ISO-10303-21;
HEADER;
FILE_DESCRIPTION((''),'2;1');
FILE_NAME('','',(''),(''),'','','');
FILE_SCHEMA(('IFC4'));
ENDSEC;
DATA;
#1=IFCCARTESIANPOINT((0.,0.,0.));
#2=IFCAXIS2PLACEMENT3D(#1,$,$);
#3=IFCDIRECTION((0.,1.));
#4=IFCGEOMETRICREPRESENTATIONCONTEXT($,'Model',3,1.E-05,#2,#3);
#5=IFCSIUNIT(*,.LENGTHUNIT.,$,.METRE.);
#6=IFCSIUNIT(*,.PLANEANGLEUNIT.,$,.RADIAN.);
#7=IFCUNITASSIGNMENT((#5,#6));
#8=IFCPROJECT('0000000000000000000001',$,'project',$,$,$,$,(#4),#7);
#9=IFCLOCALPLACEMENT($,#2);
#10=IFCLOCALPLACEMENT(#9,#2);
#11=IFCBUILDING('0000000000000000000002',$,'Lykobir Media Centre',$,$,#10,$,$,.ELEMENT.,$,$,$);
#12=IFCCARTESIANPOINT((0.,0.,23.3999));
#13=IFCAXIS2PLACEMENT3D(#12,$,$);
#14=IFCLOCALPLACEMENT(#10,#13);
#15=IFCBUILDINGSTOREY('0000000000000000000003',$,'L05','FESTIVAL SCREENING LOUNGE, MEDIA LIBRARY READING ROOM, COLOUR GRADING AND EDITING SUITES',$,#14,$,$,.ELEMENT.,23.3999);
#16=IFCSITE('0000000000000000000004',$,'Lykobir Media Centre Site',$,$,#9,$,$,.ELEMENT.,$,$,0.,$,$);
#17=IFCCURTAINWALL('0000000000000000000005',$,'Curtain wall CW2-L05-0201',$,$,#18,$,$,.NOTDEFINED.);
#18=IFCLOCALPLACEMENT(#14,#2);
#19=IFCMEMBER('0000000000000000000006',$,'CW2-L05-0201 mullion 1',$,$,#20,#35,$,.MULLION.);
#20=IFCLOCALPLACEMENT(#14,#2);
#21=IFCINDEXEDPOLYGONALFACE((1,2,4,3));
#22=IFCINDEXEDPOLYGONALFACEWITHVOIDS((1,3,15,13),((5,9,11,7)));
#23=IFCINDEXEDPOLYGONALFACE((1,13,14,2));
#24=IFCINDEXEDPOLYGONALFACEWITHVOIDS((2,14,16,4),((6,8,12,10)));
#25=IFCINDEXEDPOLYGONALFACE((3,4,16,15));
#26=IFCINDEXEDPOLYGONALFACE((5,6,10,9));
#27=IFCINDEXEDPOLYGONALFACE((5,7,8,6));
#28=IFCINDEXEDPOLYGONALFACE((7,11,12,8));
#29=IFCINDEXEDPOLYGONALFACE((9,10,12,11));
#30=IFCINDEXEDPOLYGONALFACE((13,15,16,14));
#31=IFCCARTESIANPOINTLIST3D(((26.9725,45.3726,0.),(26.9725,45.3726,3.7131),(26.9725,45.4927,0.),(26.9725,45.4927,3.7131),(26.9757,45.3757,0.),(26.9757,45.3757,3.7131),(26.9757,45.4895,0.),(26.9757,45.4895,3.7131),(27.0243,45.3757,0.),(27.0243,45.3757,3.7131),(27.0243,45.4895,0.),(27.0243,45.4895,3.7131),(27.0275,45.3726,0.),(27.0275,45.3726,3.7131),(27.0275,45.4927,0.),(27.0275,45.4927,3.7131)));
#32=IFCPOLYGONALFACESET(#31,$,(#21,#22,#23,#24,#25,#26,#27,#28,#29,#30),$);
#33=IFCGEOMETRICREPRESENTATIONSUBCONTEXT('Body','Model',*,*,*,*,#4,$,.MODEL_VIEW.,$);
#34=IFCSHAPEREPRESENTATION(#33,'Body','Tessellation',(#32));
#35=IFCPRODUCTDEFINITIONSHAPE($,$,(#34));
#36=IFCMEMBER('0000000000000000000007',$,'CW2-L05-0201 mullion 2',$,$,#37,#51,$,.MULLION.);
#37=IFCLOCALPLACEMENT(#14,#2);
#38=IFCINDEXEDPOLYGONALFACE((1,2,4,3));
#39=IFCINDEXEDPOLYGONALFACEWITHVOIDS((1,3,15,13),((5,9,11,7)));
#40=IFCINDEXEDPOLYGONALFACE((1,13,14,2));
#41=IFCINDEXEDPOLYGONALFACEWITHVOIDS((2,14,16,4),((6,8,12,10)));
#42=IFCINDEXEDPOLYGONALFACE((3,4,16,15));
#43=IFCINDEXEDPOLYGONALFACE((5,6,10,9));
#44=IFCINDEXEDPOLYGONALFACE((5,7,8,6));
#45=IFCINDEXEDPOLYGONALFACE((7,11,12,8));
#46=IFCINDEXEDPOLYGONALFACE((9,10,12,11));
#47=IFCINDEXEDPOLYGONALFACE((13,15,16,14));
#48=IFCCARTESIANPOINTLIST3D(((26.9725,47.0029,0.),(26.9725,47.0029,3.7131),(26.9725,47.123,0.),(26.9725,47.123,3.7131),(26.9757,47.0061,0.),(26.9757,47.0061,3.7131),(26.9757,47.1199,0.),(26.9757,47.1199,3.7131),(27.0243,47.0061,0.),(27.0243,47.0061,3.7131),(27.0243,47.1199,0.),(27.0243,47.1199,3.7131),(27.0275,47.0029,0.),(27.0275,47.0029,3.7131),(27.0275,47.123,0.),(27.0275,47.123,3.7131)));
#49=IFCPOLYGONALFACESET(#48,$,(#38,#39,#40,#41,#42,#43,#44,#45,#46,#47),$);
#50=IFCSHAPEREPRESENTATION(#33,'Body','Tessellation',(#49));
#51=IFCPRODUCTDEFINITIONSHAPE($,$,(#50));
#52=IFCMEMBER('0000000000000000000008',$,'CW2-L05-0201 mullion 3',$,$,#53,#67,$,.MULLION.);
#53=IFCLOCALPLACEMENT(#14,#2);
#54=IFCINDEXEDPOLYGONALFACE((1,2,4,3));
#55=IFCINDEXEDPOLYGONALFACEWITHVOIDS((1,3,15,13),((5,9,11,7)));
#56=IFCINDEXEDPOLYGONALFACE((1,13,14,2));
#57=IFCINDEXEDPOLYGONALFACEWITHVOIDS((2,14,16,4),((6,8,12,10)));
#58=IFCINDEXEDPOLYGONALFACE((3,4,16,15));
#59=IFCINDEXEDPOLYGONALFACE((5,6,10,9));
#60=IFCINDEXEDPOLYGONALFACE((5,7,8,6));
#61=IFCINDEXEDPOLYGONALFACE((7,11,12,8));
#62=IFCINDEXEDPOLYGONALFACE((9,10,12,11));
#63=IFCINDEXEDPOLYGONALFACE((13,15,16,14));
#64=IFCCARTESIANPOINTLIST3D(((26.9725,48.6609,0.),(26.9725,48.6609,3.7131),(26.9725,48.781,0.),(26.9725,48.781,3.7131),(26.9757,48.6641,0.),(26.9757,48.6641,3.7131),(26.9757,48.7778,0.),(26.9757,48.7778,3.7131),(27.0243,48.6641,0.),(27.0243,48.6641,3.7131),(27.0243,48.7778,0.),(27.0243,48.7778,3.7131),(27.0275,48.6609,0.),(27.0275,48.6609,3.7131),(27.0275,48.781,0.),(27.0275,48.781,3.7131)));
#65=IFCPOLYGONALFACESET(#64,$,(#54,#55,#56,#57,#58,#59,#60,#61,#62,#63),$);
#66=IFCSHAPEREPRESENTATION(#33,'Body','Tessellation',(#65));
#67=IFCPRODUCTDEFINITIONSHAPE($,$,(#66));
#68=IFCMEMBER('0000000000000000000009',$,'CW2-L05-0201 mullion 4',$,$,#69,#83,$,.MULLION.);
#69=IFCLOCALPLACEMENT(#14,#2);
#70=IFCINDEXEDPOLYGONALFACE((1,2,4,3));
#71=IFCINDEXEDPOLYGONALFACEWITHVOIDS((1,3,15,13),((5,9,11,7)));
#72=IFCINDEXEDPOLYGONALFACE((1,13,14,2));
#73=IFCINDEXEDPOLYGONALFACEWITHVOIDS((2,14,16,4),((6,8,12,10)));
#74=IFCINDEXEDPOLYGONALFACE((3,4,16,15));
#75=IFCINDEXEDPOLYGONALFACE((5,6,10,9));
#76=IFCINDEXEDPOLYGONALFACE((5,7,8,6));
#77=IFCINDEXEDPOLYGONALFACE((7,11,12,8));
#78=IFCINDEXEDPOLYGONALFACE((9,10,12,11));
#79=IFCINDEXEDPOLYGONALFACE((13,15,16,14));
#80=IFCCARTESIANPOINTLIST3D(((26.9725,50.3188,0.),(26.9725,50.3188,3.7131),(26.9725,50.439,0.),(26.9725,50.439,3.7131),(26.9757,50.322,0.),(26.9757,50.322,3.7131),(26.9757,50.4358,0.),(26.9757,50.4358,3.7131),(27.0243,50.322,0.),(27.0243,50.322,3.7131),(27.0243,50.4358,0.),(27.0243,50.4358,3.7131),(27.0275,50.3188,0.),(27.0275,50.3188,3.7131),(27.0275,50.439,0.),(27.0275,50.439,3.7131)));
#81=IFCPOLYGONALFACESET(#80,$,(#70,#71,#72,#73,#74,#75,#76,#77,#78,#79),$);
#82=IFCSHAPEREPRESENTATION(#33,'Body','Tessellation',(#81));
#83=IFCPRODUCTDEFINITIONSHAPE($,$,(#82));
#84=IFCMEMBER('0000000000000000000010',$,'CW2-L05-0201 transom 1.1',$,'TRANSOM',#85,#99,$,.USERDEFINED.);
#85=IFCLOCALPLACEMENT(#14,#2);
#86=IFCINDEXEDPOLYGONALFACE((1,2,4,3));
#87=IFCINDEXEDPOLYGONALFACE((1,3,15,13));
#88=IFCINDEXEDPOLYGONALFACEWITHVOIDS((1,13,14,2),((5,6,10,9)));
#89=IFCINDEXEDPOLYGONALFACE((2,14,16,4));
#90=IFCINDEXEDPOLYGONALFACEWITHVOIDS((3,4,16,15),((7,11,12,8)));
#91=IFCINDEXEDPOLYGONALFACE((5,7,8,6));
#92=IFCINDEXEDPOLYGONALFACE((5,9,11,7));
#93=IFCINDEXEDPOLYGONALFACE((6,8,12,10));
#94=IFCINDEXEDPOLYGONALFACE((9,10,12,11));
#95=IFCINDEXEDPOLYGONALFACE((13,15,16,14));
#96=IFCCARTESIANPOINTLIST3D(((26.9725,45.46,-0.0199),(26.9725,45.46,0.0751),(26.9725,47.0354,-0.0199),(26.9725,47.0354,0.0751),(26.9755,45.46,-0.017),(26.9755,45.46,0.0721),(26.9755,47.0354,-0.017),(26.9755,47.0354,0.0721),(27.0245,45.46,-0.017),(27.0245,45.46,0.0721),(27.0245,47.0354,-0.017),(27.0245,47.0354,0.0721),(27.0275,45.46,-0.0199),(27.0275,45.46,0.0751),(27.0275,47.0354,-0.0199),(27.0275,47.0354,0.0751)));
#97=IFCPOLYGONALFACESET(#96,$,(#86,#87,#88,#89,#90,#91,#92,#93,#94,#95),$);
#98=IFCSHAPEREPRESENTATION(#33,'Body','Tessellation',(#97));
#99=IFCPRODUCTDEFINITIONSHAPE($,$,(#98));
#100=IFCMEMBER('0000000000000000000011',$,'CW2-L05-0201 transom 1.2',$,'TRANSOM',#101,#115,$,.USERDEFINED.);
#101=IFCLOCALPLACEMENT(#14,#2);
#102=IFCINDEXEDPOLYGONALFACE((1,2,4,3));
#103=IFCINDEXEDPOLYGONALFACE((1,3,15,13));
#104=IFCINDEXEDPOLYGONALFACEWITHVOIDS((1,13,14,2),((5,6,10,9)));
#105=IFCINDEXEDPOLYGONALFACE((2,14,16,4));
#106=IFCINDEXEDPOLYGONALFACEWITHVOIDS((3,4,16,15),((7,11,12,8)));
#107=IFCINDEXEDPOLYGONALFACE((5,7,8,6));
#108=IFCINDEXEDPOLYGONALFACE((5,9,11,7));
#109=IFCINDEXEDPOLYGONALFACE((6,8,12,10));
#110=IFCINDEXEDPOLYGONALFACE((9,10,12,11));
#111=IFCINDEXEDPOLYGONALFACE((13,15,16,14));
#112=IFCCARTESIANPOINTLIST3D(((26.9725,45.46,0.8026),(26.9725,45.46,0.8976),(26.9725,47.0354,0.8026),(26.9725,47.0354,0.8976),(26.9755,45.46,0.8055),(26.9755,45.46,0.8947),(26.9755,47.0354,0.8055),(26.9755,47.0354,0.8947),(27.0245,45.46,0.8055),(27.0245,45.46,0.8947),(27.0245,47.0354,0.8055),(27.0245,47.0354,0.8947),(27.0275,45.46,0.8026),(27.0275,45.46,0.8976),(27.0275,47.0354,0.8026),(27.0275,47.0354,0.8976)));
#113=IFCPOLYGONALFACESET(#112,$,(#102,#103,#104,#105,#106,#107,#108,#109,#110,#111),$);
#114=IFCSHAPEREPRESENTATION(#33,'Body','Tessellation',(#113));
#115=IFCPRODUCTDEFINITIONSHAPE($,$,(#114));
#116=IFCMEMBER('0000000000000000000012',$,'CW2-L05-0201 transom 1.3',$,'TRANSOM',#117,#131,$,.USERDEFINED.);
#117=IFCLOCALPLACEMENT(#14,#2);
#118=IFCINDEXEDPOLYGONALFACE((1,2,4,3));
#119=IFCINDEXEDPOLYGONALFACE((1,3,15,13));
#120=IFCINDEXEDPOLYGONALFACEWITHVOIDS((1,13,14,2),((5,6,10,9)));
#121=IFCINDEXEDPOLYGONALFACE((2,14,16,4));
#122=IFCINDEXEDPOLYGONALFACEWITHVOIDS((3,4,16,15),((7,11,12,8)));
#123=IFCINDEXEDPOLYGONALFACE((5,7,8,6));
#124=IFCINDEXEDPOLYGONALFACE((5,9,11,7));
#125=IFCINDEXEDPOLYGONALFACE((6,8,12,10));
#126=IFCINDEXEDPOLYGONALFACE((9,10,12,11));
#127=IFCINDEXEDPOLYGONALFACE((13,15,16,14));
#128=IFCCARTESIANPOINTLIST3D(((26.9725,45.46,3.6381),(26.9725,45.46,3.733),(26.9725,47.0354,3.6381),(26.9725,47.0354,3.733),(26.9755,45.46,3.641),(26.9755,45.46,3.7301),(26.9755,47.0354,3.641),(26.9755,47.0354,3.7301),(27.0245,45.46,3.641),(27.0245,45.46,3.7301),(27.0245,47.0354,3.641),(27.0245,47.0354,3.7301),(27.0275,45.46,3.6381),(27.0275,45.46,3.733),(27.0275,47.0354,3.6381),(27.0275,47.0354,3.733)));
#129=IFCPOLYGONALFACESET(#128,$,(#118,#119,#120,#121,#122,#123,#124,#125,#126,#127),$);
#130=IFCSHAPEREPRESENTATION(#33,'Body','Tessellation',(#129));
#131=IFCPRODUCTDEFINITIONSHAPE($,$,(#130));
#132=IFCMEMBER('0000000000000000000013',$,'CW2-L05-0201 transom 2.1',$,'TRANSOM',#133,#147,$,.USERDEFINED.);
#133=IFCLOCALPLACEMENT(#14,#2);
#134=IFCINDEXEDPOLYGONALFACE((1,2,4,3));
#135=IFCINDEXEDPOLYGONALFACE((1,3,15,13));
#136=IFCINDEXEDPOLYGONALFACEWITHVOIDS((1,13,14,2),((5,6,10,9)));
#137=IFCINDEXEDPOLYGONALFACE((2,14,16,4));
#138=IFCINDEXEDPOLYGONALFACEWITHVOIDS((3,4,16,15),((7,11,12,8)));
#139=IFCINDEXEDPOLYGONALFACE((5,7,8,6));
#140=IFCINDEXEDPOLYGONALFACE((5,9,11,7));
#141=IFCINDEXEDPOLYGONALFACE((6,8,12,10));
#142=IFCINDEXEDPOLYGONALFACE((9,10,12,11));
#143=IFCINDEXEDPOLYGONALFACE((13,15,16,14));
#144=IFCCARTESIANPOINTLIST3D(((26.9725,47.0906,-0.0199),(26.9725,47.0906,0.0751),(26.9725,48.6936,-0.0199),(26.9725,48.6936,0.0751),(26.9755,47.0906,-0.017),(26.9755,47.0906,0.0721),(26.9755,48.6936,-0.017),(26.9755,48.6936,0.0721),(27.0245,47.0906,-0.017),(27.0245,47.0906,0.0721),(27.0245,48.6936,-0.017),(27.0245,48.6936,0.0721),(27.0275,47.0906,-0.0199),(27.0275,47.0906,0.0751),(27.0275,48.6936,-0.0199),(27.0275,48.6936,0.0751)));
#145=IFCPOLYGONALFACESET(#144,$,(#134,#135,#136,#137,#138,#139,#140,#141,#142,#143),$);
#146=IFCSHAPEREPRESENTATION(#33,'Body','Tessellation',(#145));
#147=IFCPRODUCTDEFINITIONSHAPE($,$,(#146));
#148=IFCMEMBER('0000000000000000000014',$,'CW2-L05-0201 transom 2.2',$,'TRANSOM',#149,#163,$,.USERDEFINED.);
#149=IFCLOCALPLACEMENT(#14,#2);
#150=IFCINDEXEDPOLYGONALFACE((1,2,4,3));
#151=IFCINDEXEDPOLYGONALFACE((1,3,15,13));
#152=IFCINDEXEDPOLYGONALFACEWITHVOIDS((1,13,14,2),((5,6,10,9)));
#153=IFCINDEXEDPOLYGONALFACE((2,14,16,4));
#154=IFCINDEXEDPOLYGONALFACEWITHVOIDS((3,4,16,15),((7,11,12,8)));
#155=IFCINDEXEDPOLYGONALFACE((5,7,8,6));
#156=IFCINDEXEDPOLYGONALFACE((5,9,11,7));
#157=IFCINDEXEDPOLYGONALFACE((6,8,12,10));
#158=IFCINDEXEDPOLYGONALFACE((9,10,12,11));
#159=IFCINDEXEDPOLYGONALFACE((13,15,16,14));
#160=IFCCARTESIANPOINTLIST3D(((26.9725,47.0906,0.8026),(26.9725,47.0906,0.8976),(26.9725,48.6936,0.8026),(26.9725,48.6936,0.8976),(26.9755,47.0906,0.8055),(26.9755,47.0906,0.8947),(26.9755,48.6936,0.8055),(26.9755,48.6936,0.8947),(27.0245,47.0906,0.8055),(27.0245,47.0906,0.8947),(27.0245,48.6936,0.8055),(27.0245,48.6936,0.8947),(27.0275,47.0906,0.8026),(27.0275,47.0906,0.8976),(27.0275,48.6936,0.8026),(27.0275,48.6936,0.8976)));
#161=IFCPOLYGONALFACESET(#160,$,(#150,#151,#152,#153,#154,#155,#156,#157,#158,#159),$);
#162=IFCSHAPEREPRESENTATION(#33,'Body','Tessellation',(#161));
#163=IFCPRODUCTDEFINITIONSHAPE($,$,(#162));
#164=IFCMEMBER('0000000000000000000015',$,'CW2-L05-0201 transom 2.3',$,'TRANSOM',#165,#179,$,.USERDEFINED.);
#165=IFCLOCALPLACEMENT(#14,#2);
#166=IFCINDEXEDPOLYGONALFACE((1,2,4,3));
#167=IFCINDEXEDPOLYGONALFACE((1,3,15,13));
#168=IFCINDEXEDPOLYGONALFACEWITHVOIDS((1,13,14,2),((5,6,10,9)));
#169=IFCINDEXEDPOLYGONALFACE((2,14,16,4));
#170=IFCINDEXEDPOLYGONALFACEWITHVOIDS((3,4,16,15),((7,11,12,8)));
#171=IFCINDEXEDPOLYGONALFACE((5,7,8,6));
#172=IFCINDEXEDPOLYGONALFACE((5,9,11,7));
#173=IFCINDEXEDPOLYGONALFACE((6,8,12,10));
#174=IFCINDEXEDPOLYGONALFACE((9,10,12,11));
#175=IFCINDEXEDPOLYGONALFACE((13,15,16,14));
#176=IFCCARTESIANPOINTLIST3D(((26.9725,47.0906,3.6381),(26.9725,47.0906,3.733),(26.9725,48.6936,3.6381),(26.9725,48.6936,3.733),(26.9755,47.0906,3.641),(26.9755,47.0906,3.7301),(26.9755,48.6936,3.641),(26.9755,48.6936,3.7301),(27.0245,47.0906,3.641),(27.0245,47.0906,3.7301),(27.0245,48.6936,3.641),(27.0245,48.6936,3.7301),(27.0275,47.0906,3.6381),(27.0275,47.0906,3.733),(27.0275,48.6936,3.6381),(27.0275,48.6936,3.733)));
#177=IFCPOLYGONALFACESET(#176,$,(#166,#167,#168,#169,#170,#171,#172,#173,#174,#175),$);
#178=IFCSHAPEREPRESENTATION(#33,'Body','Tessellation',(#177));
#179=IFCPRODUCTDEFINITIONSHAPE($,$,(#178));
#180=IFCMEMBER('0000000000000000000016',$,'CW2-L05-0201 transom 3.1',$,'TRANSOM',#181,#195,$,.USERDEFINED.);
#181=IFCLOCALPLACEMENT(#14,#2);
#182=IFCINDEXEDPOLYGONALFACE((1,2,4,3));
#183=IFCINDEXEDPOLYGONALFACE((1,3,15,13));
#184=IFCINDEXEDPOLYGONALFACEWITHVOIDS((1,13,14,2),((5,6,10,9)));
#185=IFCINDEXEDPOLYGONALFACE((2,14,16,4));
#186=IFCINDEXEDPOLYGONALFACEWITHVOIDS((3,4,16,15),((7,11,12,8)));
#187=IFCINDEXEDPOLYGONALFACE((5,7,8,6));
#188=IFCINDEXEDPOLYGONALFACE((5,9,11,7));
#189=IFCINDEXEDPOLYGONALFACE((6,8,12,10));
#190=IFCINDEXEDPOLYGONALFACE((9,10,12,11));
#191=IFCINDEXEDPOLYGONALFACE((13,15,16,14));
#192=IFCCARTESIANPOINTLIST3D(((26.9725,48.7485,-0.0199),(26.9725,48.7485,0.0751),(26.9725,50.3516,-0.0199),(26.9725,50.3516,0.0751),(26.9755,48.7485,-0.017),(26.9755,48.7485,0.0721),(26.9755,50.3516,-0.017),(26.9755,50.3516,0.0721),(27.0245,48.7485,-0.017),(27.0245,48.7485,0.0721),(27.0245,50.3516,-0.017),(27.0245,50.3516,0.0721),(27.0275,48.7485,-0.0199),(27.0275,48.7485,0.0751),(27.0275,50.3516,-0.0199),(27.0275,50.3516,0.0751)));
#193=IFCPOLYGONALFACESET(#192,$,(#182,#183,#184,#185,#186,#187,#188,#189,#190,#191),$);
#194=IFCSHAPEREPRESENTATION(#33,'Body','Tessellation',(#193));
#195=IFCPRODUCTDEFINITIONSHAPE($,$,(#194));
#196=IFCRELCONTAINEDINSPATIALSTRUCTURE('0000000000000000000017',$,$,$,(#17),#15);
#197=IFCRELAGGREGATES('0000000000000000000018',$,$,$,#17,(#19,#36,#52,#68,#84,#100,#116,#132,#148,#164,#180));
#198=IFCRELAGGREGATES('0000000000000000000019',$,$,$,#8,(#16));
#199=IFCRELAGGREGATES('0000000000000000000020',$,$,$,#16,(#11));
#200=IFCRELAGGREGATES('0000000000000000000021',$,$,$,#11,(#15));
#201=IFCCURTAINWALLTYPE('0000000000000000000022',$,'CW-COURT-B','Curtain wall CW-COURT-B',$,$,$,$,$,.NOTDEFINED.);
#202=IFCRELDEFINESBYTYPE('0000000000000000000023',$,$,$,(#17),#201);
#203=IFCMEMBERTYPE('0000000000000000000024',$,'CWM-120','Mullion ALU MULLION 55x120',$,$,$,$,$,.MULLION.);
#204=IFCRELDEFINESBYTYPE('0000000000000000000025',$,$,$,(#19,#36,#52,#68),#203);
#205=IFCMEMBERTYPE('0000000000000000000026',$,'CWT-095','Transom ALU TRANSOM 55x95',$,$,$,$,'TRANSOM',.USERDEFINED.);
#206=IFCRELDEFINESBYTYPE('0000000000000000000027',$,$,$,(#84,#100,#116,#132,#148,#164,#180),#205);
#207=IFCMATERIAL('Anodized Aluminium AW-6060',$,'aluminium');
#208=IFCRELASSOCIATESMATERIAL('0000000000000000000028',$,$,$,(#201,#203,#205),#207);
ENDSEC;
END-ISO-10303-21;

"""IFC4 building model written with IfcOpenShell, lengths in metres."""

from ifc_helpers import new_model, si_unit, direction, frame, origin, origin_2d, place, context, subcontext, project, spatial, hollow_rectangle, extrude, material, material_profile, profile_set, type_object, element, aggregate, save


model = new_model("IFC4")

# Units and contexts
model_context = context("Model", 3, precision=1e-05, world=origin(), true_north=direction((0.0, 1.0)))
body_context = subcontext(model_context, "Body", "Model", "MODEL_VIEW")
ifc_project = project(units=[si_unit("LENGTHUNIT", "METRE"), si_unit("PLANEANGLEUNIT", "RADIAN")], contexts=[model_context])

# Site, building, storey
site_placement = place(None, origin())
site = spatial("IfcSite", under=ifc_project, at=site_placement, Name="Lykobir Media Centre Site", CompositionType="ELEMENT", RefElevation=0.0)
building_placement = place(site_placement, origin())
building = spatial("IfcBuilding", under=site, at=building_placement, Name="Lykobir Media Centre", CompositionType="ELEMENT")
storey_placement = place(building_placement, frame((0.0, 0.0, 23.3999)))
storey = spatial("IfcBuildingStorey", under=building, at=storey_placement, Name="L05", Description="FESTIVAL SCREENING LOUNGE, MEDIA LIBRARY READING ROOM, COLOUR GRADING AND EDITING SUITES", CompositionType="ELEMENT", Elevation=23.3999)

# Curtain wall, members
ifc_material_1 = material(Name="Anodized Aluminium AW-6060", Category="aluminium")
curtain_wall_type = type_object("IfcCurtainWallType", Name="CW-COURT-B", Description="Curtain wall CW-COURT-B", PredefinedType="NOTDEFINED", material=ifc_material_1)
curtain_wall_placement = place(storey_placement, origin())
curtain_wall = element("IfcCurtainWall", 1, at=curtain_wall_placement, inside=storey, type_object=curtain_wall_type, Name="Curtain wall CW2-L05-0201", PredefinedType="NOTDEFINED")
ifc_material_profile_1 = material_profile(ifc_material_1, hollow_rectangle(XDim=0.0549, YDim=0.1201, WallThickness=0.0032, at=origin_2d()), Name="ALU MULLION 55x120")
ifc_profile_set_1 = profile_set([ifc_material_profile_1], Name="Anodized Aluminium AW-6060")
member_type_1 = type_object("IfcMemberType", Name="CWM-120", Description="Mullion ALU MULLION 55x120", PredefinedType="MULLION", material=ifc_profile_set_1)
member_1_placement = place(storey_placement, frame((27.0, 45.4326, 0.0), z_axis=(0.0, 0.0, 1.0), x_axis=(-1.0, 0.0, 0.0)))
member_1 = element("IfcMember", 2, at=member_1_placement, type_object=member_type_1, Name="CW2-L05-0201 mullion 1", PredefinedType="MULLION", context=body_context, shape_type="SweptSolid", body=[
    extrude(hollow_rectangle(XDim=0.0549, YDim=0.1201, WallThickness=0.0032, at=origin_2d()), origin(), (0.0, 0.0, 1.0), 3.7131),
])
member_2_placement = place(storey_placement, frame((27.0, 47.063, 0.0), z_axis=(0.0, 0.0, 1.0), x_axis=(-1.0, 0.0, 0.0)))
member_2 = element("IfcMember", 3, at=member_2_placement, type_object=member_type_1, Name="CW2-L05-0201 mullion 2", PredefinedType="MULLION", context=body_context, shape_type="SweptSolid", body=[
    extrude(hollow_rectangle(XDim=0.0549, YDim=0.1201, WallThickness=0.0032, at=origin_2d()), origin(), (0.0, 0.0, 1.0), 3.7131),
])
member_3_placement = place(storey_placement, frame((27.0, 48.7209, 0.0), z_axis=(0.0, 0.0, 1.0), x_axis=(-1.0, 0.0, 0.0)))
member_3 = element("IfcMember", 4, at=member_3_placement, type_object=member_type_1, Name="CW2-L05-0201 mullion 3", PredefinedType="MULLION", context=body_context, shape_type="SweptSolid", body=[
    extrude(hollow_rectangle(XDim=0.0549, YDim=0.1201, WallThickness=0.0032, at=origin_2d()), origin(), (0.0, 0.0, 1.0), 3.7131),
])
member_4_placement = place(storey_placement, frame((27.0, 50.3789, 0.0), z_axis=(0.0, 0.0, 1.0), x_axis=(-1.0, 0.0, 0.0)))
member_4 = element("IfcMember", 5, at=member_4_placement, type_object=member_type_1, Name="CW2-L05-0201 mullion 4", PredefinedType="MULLION", context=body_context, shape_type="SweptSolid", body=[
    extrude(hollow_rectangle(XDim=0.0549, YDim=0.1201, WallThickness=0.0032, at=origin_2d()), origin(), (0.0, 0.0, 1.0), 3.7131),
])
ifc_material_profile_2 = material_profile(ifc_material_1, hollow_rectangle(XDim=0.0549, YDim=0.095, WallThickness=0.0029, at=origin_2d()), Name="ALU TRANSOM 55x95")
ifc_profile_set_2 = profile_set([ifc_material_profile_2], Name="Anodized Aluminium AW-6060")
member_type_2 = type_object("IfcMemberType", Name="CWT-095", Description="Transom ALU TRANSOM 55x95", ElementType="TRANSOM", PredefinedType="USERDEFINED", material=ifc_profile_set_2)
member_5_placement = place(storey_placement, frame((27.0, 45.46, 0.0276), z_axis=(0.0, 1.0, 0.0), x_axis=(-1.0, 0.0, 0.0)))
member_5 = element("IfcMember", 6, at=member_5_placement, type_object=member_type_2, Name="CW2-L05-0201 transom 1.1", ObjectType="TRANSOM", PredefinedType="USERDEFINED", context=body_context, shape_type="SweptSolid", body=[
    extrude(hollow_rectangle(XDim=0.0549, YDim=0.095, WallThickness=0.0029, at=origin_2d()), origin(), (0.0, 0.0, 1.0), 1.5754),
])
member_6_placement = place(storey_placement, frame((27.0, 45.46, 0.8501), z_axis=(0.0, 1.0, 0.0), x_axis=(-1.0, 0.0, 0.0)))
member_6 = element("IfcMember", 7, at=member_6_placement, type_object=member_type_2, Name="CW2-L05-0201 transom 1.2", ObjectType="TRANSOM", PredefinedType="USERDEFINED", context=body_context, shape_type="SweptSolid", body=[
    extrude(hollow_rectangle(XDim=0.0549, YDim=0.095, WallThickness=0.0029, at=origin_2d()), origin(), (0.0, 0.0, 1.0), 1.5754),
])
member_7_placement = place(storey_placement, frame((27.0, 45.46, 3.6855), z_axis=(0.0, 1.0, 0.0), x_axis=(-1.0, 0.0, 0.0)))
member_7 = element("IfcMember", 8, at=member_7_placement, type_object=member_type_2, Name="CW2-L05-0201 transom 1.3", ObjectType="TRANSOM", PredefinedType="USERDEFINED", context=body_context, shape_type="SweptSolid", body=[
    extrude(hollow_rectangle(XDim=0.0549, YDim=0.095, WallThickness=0.0029, at=origin_2d()), origin(), (0.0, 0.0, 1.0), 1.5754),
])
member_8_placement = place(storey_placement, frame((27.0, 47.0906, 0.0276), z_axis=(0.0, 1.0, 0.0), x_axis=(-1.0, 0.0, 0.0)))
member_8 = element("IfcMember", 9, at=member_8_placement, type_object=member_type_2, Name="CW2-L05-0201 transom 2.1", ObjectType="TRANSOM", PredefinedType="USERDEFINED", context=body_context, shape_type="SweptSolid", body=[
    extrude(hollow_rectangle(XDim=0.0549, YDim=0.095, WallThickness=0.0029, at=origin_2d()), origin(), (0.0, 0.0, 1.0), 1.603),
])
member_9_placement = place(storey_placement, frame((27.0, 47.0906, 0.8501), z_axis=(0.0, 1.0, 0.0), x_axis=(-1.0, 0.0, 0.0)))
member_9 = element("IfcMember", 10, at=member_9_placement, type_object=member_type_2, Name="CW2-L05-0201 transom 2.2", ObjectType="TRANSOM", PredefinedType="USERDEFINED", context=body_context, shape_type="SweptSolid", body=[
    extrude(hollow_rectangle(XDim=0.0549, YDim=0.095, WallThickness=0.0029, at=origin_2d()), origin(), (0.0, 0.0, 1.0), 1.603),
])
member_10_placement = place(storey_placement, frame((27.0, 47.0906, 3.6855), z_axis=(0.0, 1.0, 0.0), x_axis=(-1.0, 0.0, 0.0)))
member_10 = element("IfcMember", 11, at=member_10_placement, type_object=member_type_2, Name="CW2-L05-0201 transom 2.3", ObjectType="TRANSOM", PredefinedType="USERDEFINED", context=body_context, shape_type="SweptSolid", body=[
    extrude(hollow_rectangle(XDim=0.0549, YDim=0.095, WallThickness=0.0029, at=origin_2d()), origin(), (0.0, 0.0, 1.0), 1.603),
])
member_11_placement = place(storey_placement, frame((27.0, 48.7485, 0.0276), z_axis=(0.0, 1.0, 0.0), x_axis=(-1.0, 0.0, 0.0)))
member_11 = element("IfcMember", 12, at=member_11_placement, type_object=member_type_2, Name="CW2-L05-0201 transom 3.1", ObjectType="TRANSOM", PredefinedType="USERDEFINED", context=body_context, shape_type="SweptSolid", body=[
    extrude(hollow_rectangle(XDim=0.0549, YDim=0.095, WallThickness=0.0029, at=origin_2d()), origin(), (0.0, 0.0, 1.0), 1.603),
])

aggregate(curtain_wall, [member_1, member_2, member_3, member_4, member_5, member_6, member_7, member_8, member_9, member_10, member_11])

save(model, "model.ifc")
